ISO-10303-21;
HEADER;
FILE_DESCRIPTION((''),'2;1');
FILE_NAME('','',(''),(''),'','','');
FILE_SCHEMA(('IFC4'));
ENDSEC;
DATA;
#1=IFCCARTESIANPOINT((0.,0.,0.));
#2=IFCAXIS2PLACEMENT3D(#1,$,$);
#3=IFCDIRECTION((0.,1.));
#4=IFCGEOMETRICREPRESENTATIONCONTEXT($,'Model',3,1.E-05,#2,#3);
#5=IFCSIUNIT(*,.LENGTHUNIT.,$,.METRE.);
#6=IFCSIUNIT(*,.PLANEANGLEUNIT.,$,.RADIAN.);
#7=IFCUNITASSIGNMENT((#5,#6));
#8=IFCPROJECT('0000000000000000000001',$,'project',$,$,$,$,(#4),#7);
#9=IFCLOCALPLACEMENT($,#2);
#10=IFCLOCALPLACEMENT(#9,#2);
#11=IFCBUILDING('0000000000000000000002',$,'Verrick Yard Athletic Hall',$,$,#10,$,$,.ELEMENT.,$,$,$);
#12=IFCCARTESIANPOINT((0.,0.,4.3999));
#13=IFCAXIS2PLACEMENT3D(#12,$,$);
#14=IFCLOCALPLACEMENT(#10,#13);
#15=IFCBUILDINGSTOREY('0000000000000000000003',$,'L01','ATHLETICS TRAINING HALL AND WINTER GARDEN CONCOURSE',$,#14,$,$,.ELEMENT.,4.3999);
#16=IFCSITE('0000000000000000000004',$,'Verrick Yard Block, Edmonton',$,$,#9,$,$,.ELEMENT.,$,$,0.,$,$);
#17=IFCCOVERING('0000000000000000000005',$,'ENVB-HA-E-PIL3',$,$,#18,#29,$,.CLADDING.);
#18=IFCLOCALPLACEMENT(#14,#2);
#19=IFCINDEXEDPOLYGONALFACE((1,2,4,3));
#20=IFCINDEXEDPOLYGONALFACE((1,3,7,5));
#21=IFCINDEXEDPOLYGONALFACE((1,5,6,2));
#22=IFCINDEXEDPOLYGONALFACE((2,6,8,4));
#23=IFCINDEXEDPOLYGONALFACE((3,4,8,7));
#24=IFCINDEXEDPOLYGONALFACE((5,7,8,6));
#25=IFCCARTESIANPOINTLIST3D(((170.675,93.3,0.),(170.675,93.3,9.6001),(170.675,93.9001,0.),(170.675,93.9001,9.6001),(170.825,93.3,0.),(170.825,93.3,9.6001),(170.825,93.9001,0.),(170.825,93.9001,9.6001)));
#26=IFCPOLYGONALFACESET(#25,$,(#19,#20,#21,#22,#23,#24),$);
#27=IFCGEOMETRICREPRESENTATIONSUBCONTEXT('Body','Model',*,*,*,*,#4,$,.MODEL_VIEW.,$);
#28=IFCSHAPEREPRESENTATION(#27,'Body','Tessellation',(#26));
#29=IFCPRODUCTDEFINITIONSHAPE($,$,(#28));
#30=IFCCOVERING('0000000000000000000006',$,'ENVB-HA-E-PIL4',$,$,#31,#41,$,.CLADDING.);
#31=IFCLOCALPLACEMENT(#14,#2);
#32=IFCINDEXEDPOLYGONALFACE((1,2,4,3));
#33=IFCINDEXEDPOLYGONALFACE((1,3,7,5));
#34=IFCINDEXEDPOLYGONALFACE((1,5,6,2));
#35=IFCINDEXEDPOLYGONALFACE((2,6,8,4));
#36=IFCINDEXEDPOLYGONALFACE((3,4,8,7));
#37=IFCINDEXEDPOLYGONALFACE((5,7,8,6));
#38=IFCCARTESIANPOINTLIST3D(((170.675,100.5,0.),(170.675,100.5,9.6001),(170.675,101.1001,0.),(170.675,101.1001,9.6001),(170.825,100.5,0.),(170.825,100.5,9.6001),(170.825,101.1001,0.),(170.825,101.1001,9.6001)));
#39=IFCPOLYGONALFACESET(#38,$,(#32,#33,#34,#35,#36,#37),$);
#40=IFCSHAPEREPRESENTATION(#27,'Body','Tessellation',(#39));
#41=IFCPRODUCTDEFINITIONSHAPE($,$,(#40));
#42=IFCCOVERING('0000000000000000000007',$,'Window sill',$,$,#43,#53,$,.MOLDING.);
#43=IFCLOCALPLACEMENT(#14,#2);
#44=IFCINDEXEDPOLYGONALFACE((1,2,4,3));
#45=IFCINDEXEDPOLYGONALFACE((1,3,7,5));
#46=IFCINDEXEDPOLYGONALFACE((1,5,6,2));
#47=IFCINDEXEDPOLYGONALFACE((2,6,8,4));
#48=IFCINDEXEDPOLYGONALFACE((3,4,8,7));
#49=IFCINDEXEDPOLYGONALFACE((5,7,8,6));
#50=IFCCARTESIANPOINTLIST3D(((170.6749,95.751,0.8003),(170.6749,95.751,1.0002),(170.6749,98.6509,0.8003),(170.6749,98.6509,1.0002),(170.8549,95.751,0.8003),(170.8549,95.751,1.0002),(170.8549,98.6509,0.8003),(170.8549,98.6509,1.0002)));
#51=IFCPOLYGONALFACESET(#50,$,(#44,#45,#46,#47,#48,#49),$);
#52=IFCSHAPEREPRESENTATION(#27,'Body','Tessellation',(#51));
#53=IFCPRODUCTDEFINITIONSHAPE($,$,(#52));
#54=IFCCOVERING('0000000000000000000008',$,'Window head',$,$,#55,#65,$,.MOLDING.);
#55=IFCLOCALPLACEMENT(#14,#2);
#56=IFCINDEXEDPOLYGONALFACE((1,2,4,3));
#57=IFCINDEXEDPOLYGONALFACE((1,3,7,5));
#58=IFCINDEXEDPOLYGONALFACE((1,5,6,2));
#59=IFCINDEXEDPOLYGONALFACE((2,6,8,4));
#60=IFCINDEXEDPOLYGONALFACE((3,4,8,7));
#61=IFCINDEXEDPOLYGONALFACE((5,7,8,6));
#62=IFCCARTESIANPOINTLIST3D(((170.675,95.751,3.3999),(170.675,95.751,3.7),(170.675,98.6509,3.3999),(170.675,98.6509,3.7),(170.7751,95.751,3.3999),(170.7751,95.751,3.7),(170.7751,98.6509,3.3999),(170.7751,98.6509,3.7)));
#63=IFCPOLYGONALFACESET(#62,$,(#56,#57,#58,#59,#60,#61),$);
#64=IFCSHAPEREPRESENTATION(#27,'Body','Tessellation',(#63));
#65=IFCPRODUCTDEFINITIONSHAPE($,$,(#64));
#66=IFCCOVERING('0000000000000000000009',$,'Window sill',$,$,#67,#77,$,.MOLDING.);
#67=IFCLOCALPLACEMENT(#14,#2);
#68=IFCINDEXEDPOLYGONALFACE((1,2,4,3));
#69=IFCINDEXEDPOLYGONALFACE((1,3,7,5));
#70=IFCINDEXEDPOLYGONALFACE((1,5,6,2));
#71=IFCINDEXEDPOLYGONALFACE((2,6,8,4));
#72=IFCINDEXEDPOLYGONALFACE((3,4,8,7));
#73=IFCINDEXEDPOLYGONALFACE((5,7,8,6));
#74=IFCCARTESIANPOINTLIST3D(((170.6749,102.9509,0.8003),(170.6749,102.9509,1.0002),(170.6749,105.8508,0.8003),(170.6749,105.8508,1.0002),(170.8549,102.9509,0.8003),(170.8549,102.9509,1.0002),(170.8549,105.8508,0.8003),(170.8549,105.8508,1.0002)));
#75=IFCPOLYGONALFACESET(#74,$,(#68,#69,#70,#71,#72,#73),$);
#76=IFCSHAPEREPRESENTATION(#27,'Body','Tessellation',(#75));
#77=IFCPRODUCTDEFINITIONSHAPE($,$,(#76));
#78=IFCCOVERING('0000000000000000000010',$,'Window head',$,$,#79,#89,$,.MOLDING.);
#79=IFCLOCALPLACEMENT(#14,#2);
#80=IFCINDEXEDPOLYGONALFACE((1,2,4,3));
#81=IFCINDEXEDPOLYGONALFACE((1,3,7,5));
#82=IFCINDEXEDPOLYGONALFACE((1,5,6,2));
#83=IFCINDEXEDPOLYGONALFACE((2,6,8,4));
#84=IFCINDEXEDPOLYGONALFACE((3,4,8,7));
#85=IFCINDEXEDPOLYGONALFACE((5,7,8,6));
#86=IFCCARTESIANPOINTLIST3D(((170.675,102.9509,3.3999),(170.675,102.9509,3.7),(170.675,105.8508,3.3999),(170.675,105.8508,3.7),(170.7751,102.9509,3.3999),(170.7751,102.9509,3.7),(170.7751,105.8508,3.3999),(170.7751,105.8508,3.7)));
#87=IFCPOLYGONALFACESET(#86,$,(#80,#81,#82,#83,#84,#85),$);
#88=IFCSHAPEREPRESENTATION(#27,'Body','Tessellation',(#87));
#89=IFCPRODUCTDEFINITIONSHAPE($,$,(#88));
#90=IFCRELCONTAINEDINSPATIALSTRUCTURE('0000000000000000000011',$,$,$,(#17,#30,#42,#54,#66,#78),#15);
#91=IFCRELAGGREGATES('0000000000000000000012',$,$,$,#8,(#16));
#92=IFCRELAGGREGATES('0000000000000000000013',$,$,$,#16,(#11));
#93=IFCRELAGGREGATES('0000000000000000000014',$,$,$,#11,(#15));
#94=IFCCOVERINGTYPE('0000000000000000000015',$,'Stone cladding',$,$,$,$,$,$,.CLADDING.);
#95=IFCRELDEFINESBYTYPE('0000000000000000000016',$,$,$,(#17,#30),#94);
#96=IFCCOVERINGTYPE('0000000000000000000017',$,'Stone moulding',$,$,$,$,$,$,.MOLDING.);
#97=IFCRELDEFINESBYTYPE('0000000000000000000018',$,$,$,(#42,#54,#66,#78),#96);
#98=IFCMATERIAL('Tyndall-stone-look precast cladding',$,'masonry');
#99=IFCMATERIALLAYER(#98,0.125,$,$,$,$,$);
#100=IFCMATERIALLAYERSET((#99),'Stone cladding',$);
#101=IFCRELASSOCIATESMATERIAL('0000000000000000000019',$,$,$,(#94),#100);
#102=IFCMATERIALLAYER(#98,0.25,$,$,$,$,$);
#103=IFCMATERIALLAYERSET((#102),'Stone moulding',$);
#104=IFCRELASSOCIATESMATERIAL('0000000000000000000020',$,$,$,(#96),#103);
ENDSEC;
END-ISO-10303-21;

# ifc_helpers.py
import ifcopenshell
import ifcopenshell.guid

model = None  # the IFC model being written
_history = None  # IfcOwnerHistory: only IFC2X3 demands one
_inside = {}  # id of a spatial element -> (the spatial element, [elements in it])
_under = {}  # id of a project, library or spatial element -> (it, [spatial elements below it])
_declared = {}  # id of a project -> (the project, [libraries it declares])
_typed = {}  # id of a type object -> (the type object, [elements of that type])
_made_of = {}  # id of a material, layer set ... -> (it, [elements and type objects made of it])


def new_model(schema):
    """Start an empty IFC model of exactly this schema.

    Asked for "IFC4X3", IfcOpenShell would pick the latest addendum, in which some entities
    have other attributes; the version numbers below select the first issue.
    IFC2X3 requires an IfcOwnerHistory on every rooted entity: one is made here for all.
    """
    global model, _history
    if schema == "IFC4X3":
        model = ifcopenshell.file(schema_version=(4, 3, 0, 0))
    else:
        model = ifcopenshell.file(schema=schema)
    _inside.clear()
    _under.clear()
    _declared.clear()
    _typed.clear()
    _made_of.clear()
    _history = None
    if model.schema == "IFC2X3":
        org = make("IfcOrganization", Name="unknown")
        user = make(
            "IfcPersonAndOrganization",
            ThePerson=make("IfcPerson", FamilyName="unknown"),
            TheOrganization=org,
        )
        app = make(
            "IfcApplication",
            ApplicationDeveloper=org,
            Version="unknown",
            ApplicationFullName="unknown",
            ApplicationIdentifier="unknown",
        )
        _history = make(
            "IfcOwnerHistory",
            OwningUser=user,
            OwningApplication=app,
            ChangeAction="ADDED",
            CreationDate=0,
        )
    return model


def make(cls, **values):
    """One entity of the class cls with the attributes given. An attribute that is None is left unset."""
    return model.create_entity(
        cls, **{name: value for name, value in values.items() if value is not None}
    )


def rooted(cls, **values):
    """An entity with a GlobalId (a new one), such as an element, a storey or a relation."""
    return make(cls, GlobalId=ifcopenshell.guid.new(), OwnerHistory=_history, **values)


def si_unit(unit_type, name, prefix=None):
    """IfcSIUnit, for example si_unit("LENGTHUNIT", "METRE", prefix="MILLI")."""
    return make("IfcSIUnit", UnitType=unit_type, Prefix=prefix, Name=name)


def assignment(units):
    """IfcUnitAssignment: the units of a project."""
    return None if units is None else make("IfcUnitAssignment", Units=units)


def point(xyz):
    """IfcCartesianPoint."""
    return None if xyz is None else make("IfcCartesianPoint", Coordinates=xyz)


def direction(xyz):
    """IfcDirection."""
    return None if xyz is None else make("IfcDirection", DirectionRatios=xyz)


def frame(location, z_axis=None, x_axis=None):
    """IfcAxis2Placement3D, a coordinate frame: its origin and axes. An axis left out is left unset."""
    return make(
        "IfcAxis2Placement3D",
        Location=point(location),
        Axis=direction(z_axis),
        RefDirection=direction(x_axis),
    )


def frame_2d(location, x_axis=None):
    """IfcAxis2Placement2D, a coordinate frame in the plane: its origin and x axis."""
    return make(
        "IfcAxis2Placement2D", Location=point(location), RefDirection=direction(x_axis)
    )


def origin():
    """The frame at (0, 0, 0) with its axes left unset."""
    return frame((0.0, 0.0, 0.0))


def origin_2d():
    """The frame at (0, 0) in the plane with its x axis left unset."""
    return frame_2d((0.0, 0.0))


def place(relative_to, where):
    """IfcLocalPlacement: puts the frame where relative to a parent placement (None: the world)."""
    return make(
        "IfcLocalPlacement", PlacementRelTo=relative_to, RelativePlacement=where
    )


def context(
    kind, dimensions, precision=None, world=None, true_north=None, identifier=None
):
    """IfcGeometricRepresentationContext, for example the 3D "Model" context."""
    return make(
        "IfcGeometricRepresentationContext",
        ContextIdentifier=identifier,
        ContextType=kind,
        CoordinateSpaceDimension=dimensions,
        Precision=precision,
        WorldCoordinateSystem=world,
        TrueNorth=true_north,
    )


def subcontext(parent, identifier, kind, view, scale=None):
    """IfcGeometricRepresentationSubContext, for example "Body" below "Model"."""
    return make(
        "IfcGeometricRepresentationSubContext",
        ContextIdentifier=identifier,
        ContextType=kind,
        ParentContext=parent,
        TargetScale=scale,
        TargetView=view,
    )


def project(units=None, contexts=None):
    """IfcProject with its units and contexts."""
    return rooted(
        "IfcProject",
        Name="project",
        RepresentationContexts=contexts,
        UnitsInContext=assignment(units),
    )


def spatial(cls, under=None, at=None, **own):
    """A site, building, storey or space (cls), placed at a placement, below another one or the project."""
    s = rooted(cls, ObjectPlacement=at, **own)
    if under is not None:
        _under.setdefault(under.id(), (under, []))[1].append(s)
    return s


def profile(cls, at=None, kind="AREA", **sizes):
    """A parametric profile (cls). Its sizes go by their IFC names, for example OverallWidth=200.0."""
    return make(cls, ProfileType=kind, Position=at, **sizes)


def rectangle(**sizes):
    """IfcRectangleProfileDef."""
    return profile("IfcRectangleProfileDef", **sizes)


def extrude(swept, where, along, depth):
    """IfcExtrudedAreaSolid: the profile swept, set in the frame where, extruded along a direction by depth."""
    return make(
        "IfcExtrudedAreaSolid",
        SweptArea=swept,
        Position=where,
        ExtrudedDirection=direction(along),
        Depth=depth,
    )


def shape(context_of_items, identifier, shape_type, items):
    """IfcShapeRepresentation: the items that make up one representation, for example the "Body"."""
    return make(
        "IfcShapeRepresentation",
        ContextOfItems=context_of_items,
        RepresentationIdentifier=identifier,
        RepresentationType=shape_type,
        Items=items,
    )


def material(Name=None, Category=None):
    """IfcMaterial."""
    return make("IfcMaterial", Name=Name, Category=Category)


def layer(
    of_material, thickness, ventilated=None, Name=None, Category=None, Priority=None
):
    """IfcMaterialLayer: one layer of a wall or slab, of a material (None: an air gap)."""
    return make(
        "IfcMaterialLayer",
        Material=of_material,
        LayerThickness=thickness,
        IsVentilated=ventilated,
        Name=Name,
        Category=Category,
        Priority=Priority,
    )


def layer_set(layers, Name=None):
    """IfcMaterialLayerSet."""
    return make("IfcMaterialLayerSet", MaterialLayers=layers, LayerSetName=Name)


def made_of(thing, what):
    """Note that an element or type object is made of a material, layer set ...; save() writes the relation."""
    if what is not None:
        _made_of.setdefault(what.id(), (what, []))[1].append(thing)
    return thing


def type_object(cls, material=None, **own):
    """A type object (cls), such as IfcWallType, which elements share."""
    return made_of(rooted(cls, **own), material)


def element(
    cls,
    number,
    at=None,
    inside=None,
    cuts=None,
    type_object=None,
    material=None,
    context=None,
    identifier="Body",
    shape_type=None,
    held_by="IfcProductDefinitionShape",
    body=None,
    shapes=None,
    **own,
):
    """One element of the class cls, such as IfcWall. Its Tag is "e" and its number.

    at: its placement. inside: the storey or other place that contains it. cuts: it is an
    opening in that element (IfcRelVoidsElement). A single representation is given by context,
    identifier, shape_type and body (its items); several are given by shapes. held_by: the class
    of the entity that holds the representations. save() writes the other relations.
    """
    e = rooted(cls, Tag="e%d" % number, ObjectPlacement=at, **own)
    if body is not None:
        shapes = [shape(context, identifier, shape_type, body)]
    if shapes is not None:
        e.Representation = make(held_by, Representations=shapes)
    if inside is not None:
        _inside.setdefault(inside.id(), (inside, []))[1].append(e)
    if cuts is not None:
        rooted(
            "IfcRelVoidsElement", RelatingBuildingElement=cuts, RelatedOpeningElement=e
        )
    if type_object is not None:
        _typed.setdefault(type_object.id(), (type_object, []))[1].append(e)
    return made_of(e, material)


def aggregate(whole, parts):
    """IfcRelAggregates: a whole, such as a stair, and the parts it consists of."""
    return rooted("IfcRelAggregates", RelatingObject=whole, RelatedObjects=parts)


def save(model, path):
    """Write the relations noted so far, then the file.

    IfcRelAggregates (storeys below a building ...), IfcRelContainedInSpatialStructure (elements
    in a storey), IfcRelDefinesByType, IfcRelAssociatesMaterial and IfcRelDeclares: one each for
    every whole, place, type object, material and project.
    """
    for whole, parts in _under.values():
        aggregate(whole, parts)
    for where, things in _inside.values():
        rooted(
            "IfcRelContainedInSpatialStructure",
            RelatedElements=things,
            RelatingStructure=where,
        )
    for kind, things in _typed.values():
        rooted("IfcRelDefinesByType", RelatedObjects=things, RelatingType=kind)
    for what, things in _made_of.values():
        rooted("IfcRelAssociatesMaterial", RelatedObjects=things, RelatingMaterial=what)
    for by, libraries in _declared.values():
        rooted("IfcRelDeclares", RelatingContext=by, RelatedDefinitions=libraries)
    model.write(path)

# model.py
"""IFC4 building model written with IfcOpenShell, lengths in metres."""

from ifc_helpers import new_model, si_unit, direction, frame, origin, origin_2d, place, context, subcontext, project, spatial, rectangle, extrude, material, layer, layer_set, type_object, element, save


model = new_model("IFC4")

# Units and contexts
model_context = context("Model", 3, precision=1e-05, world=origin(), true_north=direction((0.0, 1.0)))
body_context = subcontext(model_context, "Body", "Model", "MODEL_VIEW")
ifc_project = project(units=[si_unit("LENGTHUNIT", "METRE"), si_unit("PLANEANGLEUNIT", "RADIAN")], contexts=[model_context])

# Site, building, storey
site_placement = place(None, origin())
site = spatial("IfcSite", under=ifc_project, at=site_placement, Name="Verrick Yard Block, Edmonton", CompositionType="ELEMENT", RefElevation=0.0)
building_placement = place(site_placement, origin())
building = spatial("IfcBuilding", under=site, at=building_placement, Name="Verrick Yard Athletic Hall", CompositionType="ELEMENT")
storey_placement = place(building_placement, frame((0.0, 0.0, 4.3999)))
storey = spatial("IfcBuildingStorey", under=building, at=storey_placement, Name="L01", Description="ATHLETICS TRAINING HALL AND WINTER GARDEN CONCOURSE", CompositionType="ELEMENT", Elevation=4.3999)

# Coverings
ifc_material_1 = material(Name="Tyndall-stone-look precast cladding", Category="masonry")
ifc_layer_1 = layer(ifc_material_1, 0.125)
ifc_layer_set_1 = layer_set([ifc_layer_1], Name="Stone cladding")
covering_type_1 = type_object("IfcCoveringType", Name="Stone cladding", PredefinedType="CLADDING", material=ifc_layer_set_1)
for number, where, z_axis, x_axis, name in (
    (1, (170.75, 93.6001, 0.0), (0.0, 0.0, 1.0), (1.0, 0.0, 0.0), "ENVB-HA-E-PIL3"),
    (2, (170.75, 100.8, 0.0), (0.0, 0.0, 1.0), (1.0, 0.0, 0.0), "ENVB-HA-E-PIL4"),
):
    element("IfcCovering", number, at=place(storey_placement, frame(where, z_axis=z_axis, x_axis=x_axis)), inside=storey, type_object=covering_type_1, Name=name, PredefinedType="CLADDING", context=body_context, shape_type="SweptSolid", body=[
        extrude(rectangle(XDim=0.1499, YDim=0.6001, at=origin_2d()), origin(), (0.0, 0.0, 1.0), 9.6001),
    ])
ifc_layer_2 = layer(ifc_material_1, 0.25)
ifc_layer_set_2 = layer_set([ifc_layer_2], Name="Stone moulding")
covering_type_2 = type_object("IfcCoveringType", Name="Stone moulding", PredefinedType="MOLDING", material=ifc_layer_set_2)
covering_1_placement = place(storey_placement, frame((170.7649, 97.2009, 0.8003), z_axis=(0.0, 0.0, 1.0), x_axis=(0.0, 1.0, 0.0)))
element("IfcCovering", 3, at=covering_1_placement, inside=storey, type_object=covering_type_2, Name="Window sill", PredefinedType="MOLDING", context=body_context, shape_type="SweptSolid", body=[
    extrude(rectangle(XDim=2.8999, YDim=0.1799, at=origin_2d()), origin(), (0.0, 0.0, 1.0), 0.2),
])
covering_2_placement = place(storey_placement, frame((170.7251, 97.2009, 3.3999), z_axis=(0.0, 0.0, 1.0), x_axis=(0.0, 1.0, 0.0)))
element("IfcCovering", 4, at=covering_2_placement, inside=storey, type_object=covering_type_2, Name="Window head", PredefinedType="MOLDING", context=body_context, shape_type="SweptSolid", body=[
    extrude(rectangle(XDim=2.8999, YDim=0.1001, at=origin_2d()), origin(), (0.0, 0.0, 1.0), 0.3),
])
covering_3_placement = place(storey_placement, frame((170.7649, 104.4009, 0.8003), z_axis=(0.0, 0.0, 1.0), x_axis=(0.0, 1.0, 0.0)))
element("IfcCovering", 5, at=covering_3_placement, inside=storey, type_object=covering_type_2, Name="Window sill", PredefinedType="MOLDING", context=body_context, shape_type="SweptSolid", body=[
    extrude(rectangle(XDim=2.8999, YDim=0.1799, at=origin_2d()), origin(), (0.0, 0.0, 1.0), 0.2),
])
covering_4_placement = place(storey_placement, frame((170.7251, 104.4009, 3.3999), z_axis=(0.0, 0.0, 1.0), x_axis=(0.0, 1.0, 0.0)))
element("IfcCovering", 6, at=covering_4_placement, inside=storey, type_object=covering_type_2, Name="Window head", PredefinedType="MOLDING", context=body_context, shape_type="SweptSolid", body=[
    extrude(rectangle(XDim=2.8999, YDim=0.1001, at=origin_2d()), origin(), (0.0, 0.0, 1.0), 0.3),
])

save(model, "model.ifc")
